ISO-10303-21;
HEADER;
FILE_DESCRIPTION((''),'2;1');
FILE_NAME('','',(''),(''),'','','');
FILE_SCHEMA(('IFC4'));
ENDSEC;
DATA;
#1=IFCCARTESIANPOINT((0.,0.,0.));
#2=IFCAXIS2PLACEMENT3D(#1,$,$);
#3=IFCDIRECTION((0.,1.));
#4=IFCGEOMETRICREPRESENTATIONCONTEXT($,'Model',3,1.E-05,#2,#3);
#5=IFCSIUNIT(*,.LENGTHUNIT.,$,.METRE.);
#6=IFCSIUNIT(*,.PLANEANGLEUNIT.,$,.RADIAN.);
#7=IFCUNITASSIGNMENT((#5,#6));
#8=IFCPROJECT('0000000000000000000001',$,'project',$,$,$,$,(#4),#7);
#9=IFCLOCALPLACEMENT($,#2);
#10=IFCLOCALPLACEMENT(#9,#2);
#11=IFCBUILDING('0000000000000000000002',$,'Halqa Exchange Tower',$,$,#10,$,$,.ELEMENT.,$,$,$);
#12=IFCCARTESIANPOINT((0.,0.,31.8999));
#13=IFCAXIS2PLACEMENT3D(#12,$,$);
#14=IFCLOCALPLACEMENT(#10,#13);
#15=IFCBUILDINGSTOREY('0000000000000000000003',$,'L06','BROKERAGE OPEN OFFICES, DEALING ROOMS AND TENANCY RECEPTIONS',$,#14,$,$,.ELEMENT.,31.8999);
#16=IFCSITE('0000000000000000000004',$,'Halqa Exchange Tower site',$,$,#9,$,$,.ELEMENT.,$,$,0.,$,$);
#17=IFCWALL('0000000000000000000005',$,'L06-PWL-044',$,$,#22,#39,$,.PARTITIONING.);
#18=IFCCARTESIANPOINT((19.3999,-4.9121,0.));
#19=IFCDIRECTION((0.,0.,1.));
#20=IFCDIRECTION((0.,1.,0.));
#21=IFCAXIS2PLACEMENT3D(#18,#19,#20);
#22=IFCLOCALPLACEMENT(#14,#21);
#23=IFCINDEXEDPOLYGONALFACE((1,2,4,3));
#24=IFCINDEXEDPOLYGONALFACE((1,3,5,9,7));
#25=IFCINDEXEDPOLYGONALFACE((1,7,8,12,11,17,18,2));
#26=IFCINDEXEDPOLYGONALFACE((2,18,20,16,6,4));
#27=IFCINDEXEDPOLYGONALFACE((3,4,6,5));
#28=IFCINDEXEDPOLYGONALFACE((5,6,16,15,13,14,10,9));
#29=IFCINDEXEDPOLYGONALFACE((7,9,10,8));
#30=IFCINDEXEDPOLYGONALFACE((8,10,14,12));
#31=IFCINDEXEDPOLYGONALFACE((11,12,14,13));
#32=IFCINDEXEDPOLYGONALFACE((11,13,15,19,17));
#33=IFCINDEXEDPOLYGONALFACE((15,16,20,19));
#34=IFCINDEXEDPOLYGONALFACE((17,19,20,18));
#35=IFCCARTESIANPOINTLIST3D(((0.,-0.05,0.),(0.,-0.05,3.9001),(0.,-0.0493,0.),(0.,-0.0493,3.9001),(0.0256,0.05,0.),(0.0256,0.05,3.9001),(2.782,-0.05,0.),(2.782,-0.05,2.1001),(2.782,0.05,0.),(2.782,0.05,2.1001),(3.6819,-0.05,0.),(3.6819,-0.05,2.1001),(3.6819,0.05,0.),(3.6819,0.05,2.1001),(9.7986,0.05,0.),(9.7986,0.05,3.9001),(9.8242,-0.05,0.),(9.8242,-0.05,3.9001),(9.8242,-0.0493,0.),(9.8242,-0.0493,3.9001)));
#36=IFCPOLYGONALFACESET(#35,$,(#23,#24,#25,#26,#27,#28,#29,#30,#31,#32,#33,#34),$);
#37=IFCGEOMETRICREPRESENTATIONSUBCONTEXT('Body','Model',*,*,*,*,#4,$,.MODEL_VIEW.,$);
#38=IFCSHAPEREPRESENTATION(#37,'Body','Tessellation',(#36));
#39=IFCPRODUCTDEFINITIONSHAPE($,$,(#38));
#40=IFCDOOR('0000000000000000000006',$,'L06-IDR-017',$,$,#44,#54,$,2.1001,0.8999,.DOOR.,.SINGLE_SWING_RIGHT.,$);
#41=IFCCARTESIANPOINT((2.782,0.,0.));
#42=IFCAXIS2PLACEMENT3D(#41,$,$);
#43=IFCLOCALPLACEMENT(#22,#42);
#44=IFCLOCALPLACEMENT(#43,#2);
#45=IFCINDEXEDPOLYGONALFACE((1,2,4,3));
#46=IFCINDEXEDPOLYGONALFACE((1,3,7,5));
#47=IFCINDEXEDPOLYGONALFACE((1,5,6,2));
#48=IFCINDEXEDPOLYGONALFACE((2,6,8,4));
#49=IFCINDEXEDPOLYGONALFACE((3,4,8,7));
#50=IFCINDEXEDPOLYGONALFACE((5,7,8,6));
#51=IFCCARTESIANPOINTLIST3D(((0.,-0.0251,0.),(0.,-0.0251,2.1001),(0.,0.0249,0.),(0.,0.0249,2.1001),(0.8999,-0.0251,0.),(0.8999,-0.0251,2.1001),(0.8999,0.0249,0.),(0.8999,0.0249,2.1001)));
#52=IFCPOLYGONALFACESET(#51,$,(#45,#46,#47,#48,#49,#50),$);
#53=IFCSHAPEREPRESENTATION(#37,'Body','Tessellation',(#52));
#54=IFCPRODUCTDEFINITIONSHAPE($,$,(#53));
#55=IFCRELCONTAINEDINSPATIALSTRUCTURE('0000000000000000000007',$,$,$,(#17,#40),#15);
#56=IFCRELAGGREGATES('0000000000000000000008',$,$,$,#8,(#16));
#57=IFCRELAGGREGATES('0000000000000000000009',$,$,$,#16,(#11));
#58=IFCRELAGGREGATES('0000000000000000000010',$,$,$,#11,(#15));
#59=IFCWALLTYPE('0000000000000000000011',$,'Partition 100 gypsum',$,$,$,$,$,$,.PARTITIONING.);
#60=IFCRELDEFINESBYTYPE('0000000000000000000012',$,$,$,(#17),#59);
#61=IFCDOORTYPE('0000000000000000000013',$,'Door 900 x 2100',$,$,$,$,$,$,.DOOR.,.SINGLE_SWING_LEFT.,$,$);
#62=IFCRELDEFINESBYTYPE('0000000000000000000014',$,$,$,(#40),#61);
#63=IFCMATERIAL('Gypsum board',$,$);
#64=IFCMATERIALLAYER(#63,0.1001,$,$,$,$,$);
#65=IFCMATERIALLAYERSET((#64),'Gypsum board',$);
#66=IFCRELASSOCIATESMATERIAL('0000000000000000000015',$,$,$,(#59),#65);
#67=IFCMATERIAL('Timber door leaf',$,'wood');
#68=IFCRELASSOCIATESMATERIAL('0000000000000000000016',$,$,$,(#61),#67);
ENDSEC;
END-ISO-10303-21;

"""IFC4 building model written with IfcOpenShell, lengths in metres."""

from ifc_helpers import new_model, si_unit, direction, frame, frame_2d, origin, place, context, subcontext, project, spatial, polyline, rectangle, outline, extrude, material, layer, layer_set, type_object, element, fill, save


model = new_model("IFC4")

# Units and contexts
model_context = context("Model", 3, precision=1e-05, world=origin(), true_north=direction((0.0, 1.0)))
body_context = subcontext(model_context, "Body", "Model", "MODEL_VIEW")
ifc_project = project(units=[si_unit("LENGTHUNIT", "METRE"), si_unit("PLANEANGLEUNIT", "RADIAN")], contexts=[model_context])

# Site, building, storey
site_placement = place(None, origin())
site = spatial("IfcSite", under=ifc_project, at=site_placement, Name="Halqa Exchange Tower site", CompositionType="ELEMENT", RefElevation=0.0)
building_placement = place(site_placement, origin())
building = spatial("IfcBuilding", under=site, at=building_placement, Name="Halqa Exchange Tower", CompositionType="ELEMENT")
storey_placement = place(building_placement, frame((0.0, 0.0, 31.8999)))
storey = spatial("IfcBuildingStorey", under=building, at=storey_placement, Name="L06", Description="BROKERAGE OPEN OFFICES, DEALING ROOMS AND TENANCY RECEPTIONS", CompositionType="ELEMENT", Elevation=31.8999)

# Wall, opening, door
ifc_material_1 = material(Name="Gypsum board")
ifc_layer_1 = layer(ifc_material_1, 0.1001)
ifc_layer_set_1 = layer_set([ifc_layer_1], Name="Gypsum board")
wall_type_1 = type_object("IfcWallType", Name="Partition 100 gypsum", PredefinedType="PARTITIONING", material=ifc_layer_set_1)
wall_1_placement = place(storey_placement, frame((19.3999, -4.9121, 0.0), z_axis=(0.0, 0.0, 1.0), x_axis=(0.0, 1.0, 0.0)))
wall_1 = element("IfcWall", 1, at=wall_1_placement, inside=storey, type_object=wall_type_1, Name="L06-PWL-044", PredefinedType="PARTITIONING", context=body_context, shape_type="SweptSolid", body=[
    extrude(outline(polyline([(9.8242, -0.05), (9.8242, -0.0493), (9.7986, 0.05), (7.844, 0.05), (5.8894, 0.05), (3.9348, 0.05), (1.9802, 0.05), (0.0256, 0.05), (0.0, -0.0493), (0.0, -0.05), (1.9648, -0.05), (3.9297, -0.05), (5.8945, -0.05), (7.8594, -0.05), (9.8242, -0.05)])), origin(), (0.0, 0.0, 1.0), 3.9001),
])
opening_1_placement = place(wall_1_placement, frame((2.782, 0.0, 0.0)))
opening_1 = element("IfcOpeningElement", 2, at=opening_1_placement, cuts=wall_1, PredefinedType="OPENING", context=body_context, shape_type="SweptSolid", body=[
    extrude(rectangle(XDim=0.8999, YDim=2.1001, at=frame_2d((0.45, 1.05))), frame((0.0, 0.062, 0.0), z_axis=(0.0, -1.0, 0.0), x_axis=(1.0, 0.0, 0.0)), (0.0, 0.0, 1.0), 0.124),
])
ifc_material_2 = material(Name="Timber door leaf", Category="wood")
door_type_1 = type_object("IfcDoorType", Name="Door 900 x 2100", OperationType="SINGLE_SWING_LEFT", PredefinedType="DOOR", material=ifc_material_2)
door_1_placement = place(opening_1_placement, origin())
door_1 = element("IfcDoor", 3, at=door_1_placement, inside=storey, type_object=door_type_1, Name="L06-IDR-017", OperationType="SINGLE_SWING_RIGHT", OverallHeight=2.1001, OverallWidth=0.8999, PredefinedType="DOOR", context=body_context, shape_type="SweptSolid", body=[
    extrude(rectangle(XDim=0.8999, YDim=2.1001, at=frame_2d((0.45, 1.05))), frame((0.0, 0.0249, 0.0), z_axis=(0.0, -1.0, 0.0), x_axis=(1.0, 0.0, 0.0)), (0.0, 0.0, 1.0), 0.05),
])
fill(opening_1, door_1)

save(model, "model.ifc")
